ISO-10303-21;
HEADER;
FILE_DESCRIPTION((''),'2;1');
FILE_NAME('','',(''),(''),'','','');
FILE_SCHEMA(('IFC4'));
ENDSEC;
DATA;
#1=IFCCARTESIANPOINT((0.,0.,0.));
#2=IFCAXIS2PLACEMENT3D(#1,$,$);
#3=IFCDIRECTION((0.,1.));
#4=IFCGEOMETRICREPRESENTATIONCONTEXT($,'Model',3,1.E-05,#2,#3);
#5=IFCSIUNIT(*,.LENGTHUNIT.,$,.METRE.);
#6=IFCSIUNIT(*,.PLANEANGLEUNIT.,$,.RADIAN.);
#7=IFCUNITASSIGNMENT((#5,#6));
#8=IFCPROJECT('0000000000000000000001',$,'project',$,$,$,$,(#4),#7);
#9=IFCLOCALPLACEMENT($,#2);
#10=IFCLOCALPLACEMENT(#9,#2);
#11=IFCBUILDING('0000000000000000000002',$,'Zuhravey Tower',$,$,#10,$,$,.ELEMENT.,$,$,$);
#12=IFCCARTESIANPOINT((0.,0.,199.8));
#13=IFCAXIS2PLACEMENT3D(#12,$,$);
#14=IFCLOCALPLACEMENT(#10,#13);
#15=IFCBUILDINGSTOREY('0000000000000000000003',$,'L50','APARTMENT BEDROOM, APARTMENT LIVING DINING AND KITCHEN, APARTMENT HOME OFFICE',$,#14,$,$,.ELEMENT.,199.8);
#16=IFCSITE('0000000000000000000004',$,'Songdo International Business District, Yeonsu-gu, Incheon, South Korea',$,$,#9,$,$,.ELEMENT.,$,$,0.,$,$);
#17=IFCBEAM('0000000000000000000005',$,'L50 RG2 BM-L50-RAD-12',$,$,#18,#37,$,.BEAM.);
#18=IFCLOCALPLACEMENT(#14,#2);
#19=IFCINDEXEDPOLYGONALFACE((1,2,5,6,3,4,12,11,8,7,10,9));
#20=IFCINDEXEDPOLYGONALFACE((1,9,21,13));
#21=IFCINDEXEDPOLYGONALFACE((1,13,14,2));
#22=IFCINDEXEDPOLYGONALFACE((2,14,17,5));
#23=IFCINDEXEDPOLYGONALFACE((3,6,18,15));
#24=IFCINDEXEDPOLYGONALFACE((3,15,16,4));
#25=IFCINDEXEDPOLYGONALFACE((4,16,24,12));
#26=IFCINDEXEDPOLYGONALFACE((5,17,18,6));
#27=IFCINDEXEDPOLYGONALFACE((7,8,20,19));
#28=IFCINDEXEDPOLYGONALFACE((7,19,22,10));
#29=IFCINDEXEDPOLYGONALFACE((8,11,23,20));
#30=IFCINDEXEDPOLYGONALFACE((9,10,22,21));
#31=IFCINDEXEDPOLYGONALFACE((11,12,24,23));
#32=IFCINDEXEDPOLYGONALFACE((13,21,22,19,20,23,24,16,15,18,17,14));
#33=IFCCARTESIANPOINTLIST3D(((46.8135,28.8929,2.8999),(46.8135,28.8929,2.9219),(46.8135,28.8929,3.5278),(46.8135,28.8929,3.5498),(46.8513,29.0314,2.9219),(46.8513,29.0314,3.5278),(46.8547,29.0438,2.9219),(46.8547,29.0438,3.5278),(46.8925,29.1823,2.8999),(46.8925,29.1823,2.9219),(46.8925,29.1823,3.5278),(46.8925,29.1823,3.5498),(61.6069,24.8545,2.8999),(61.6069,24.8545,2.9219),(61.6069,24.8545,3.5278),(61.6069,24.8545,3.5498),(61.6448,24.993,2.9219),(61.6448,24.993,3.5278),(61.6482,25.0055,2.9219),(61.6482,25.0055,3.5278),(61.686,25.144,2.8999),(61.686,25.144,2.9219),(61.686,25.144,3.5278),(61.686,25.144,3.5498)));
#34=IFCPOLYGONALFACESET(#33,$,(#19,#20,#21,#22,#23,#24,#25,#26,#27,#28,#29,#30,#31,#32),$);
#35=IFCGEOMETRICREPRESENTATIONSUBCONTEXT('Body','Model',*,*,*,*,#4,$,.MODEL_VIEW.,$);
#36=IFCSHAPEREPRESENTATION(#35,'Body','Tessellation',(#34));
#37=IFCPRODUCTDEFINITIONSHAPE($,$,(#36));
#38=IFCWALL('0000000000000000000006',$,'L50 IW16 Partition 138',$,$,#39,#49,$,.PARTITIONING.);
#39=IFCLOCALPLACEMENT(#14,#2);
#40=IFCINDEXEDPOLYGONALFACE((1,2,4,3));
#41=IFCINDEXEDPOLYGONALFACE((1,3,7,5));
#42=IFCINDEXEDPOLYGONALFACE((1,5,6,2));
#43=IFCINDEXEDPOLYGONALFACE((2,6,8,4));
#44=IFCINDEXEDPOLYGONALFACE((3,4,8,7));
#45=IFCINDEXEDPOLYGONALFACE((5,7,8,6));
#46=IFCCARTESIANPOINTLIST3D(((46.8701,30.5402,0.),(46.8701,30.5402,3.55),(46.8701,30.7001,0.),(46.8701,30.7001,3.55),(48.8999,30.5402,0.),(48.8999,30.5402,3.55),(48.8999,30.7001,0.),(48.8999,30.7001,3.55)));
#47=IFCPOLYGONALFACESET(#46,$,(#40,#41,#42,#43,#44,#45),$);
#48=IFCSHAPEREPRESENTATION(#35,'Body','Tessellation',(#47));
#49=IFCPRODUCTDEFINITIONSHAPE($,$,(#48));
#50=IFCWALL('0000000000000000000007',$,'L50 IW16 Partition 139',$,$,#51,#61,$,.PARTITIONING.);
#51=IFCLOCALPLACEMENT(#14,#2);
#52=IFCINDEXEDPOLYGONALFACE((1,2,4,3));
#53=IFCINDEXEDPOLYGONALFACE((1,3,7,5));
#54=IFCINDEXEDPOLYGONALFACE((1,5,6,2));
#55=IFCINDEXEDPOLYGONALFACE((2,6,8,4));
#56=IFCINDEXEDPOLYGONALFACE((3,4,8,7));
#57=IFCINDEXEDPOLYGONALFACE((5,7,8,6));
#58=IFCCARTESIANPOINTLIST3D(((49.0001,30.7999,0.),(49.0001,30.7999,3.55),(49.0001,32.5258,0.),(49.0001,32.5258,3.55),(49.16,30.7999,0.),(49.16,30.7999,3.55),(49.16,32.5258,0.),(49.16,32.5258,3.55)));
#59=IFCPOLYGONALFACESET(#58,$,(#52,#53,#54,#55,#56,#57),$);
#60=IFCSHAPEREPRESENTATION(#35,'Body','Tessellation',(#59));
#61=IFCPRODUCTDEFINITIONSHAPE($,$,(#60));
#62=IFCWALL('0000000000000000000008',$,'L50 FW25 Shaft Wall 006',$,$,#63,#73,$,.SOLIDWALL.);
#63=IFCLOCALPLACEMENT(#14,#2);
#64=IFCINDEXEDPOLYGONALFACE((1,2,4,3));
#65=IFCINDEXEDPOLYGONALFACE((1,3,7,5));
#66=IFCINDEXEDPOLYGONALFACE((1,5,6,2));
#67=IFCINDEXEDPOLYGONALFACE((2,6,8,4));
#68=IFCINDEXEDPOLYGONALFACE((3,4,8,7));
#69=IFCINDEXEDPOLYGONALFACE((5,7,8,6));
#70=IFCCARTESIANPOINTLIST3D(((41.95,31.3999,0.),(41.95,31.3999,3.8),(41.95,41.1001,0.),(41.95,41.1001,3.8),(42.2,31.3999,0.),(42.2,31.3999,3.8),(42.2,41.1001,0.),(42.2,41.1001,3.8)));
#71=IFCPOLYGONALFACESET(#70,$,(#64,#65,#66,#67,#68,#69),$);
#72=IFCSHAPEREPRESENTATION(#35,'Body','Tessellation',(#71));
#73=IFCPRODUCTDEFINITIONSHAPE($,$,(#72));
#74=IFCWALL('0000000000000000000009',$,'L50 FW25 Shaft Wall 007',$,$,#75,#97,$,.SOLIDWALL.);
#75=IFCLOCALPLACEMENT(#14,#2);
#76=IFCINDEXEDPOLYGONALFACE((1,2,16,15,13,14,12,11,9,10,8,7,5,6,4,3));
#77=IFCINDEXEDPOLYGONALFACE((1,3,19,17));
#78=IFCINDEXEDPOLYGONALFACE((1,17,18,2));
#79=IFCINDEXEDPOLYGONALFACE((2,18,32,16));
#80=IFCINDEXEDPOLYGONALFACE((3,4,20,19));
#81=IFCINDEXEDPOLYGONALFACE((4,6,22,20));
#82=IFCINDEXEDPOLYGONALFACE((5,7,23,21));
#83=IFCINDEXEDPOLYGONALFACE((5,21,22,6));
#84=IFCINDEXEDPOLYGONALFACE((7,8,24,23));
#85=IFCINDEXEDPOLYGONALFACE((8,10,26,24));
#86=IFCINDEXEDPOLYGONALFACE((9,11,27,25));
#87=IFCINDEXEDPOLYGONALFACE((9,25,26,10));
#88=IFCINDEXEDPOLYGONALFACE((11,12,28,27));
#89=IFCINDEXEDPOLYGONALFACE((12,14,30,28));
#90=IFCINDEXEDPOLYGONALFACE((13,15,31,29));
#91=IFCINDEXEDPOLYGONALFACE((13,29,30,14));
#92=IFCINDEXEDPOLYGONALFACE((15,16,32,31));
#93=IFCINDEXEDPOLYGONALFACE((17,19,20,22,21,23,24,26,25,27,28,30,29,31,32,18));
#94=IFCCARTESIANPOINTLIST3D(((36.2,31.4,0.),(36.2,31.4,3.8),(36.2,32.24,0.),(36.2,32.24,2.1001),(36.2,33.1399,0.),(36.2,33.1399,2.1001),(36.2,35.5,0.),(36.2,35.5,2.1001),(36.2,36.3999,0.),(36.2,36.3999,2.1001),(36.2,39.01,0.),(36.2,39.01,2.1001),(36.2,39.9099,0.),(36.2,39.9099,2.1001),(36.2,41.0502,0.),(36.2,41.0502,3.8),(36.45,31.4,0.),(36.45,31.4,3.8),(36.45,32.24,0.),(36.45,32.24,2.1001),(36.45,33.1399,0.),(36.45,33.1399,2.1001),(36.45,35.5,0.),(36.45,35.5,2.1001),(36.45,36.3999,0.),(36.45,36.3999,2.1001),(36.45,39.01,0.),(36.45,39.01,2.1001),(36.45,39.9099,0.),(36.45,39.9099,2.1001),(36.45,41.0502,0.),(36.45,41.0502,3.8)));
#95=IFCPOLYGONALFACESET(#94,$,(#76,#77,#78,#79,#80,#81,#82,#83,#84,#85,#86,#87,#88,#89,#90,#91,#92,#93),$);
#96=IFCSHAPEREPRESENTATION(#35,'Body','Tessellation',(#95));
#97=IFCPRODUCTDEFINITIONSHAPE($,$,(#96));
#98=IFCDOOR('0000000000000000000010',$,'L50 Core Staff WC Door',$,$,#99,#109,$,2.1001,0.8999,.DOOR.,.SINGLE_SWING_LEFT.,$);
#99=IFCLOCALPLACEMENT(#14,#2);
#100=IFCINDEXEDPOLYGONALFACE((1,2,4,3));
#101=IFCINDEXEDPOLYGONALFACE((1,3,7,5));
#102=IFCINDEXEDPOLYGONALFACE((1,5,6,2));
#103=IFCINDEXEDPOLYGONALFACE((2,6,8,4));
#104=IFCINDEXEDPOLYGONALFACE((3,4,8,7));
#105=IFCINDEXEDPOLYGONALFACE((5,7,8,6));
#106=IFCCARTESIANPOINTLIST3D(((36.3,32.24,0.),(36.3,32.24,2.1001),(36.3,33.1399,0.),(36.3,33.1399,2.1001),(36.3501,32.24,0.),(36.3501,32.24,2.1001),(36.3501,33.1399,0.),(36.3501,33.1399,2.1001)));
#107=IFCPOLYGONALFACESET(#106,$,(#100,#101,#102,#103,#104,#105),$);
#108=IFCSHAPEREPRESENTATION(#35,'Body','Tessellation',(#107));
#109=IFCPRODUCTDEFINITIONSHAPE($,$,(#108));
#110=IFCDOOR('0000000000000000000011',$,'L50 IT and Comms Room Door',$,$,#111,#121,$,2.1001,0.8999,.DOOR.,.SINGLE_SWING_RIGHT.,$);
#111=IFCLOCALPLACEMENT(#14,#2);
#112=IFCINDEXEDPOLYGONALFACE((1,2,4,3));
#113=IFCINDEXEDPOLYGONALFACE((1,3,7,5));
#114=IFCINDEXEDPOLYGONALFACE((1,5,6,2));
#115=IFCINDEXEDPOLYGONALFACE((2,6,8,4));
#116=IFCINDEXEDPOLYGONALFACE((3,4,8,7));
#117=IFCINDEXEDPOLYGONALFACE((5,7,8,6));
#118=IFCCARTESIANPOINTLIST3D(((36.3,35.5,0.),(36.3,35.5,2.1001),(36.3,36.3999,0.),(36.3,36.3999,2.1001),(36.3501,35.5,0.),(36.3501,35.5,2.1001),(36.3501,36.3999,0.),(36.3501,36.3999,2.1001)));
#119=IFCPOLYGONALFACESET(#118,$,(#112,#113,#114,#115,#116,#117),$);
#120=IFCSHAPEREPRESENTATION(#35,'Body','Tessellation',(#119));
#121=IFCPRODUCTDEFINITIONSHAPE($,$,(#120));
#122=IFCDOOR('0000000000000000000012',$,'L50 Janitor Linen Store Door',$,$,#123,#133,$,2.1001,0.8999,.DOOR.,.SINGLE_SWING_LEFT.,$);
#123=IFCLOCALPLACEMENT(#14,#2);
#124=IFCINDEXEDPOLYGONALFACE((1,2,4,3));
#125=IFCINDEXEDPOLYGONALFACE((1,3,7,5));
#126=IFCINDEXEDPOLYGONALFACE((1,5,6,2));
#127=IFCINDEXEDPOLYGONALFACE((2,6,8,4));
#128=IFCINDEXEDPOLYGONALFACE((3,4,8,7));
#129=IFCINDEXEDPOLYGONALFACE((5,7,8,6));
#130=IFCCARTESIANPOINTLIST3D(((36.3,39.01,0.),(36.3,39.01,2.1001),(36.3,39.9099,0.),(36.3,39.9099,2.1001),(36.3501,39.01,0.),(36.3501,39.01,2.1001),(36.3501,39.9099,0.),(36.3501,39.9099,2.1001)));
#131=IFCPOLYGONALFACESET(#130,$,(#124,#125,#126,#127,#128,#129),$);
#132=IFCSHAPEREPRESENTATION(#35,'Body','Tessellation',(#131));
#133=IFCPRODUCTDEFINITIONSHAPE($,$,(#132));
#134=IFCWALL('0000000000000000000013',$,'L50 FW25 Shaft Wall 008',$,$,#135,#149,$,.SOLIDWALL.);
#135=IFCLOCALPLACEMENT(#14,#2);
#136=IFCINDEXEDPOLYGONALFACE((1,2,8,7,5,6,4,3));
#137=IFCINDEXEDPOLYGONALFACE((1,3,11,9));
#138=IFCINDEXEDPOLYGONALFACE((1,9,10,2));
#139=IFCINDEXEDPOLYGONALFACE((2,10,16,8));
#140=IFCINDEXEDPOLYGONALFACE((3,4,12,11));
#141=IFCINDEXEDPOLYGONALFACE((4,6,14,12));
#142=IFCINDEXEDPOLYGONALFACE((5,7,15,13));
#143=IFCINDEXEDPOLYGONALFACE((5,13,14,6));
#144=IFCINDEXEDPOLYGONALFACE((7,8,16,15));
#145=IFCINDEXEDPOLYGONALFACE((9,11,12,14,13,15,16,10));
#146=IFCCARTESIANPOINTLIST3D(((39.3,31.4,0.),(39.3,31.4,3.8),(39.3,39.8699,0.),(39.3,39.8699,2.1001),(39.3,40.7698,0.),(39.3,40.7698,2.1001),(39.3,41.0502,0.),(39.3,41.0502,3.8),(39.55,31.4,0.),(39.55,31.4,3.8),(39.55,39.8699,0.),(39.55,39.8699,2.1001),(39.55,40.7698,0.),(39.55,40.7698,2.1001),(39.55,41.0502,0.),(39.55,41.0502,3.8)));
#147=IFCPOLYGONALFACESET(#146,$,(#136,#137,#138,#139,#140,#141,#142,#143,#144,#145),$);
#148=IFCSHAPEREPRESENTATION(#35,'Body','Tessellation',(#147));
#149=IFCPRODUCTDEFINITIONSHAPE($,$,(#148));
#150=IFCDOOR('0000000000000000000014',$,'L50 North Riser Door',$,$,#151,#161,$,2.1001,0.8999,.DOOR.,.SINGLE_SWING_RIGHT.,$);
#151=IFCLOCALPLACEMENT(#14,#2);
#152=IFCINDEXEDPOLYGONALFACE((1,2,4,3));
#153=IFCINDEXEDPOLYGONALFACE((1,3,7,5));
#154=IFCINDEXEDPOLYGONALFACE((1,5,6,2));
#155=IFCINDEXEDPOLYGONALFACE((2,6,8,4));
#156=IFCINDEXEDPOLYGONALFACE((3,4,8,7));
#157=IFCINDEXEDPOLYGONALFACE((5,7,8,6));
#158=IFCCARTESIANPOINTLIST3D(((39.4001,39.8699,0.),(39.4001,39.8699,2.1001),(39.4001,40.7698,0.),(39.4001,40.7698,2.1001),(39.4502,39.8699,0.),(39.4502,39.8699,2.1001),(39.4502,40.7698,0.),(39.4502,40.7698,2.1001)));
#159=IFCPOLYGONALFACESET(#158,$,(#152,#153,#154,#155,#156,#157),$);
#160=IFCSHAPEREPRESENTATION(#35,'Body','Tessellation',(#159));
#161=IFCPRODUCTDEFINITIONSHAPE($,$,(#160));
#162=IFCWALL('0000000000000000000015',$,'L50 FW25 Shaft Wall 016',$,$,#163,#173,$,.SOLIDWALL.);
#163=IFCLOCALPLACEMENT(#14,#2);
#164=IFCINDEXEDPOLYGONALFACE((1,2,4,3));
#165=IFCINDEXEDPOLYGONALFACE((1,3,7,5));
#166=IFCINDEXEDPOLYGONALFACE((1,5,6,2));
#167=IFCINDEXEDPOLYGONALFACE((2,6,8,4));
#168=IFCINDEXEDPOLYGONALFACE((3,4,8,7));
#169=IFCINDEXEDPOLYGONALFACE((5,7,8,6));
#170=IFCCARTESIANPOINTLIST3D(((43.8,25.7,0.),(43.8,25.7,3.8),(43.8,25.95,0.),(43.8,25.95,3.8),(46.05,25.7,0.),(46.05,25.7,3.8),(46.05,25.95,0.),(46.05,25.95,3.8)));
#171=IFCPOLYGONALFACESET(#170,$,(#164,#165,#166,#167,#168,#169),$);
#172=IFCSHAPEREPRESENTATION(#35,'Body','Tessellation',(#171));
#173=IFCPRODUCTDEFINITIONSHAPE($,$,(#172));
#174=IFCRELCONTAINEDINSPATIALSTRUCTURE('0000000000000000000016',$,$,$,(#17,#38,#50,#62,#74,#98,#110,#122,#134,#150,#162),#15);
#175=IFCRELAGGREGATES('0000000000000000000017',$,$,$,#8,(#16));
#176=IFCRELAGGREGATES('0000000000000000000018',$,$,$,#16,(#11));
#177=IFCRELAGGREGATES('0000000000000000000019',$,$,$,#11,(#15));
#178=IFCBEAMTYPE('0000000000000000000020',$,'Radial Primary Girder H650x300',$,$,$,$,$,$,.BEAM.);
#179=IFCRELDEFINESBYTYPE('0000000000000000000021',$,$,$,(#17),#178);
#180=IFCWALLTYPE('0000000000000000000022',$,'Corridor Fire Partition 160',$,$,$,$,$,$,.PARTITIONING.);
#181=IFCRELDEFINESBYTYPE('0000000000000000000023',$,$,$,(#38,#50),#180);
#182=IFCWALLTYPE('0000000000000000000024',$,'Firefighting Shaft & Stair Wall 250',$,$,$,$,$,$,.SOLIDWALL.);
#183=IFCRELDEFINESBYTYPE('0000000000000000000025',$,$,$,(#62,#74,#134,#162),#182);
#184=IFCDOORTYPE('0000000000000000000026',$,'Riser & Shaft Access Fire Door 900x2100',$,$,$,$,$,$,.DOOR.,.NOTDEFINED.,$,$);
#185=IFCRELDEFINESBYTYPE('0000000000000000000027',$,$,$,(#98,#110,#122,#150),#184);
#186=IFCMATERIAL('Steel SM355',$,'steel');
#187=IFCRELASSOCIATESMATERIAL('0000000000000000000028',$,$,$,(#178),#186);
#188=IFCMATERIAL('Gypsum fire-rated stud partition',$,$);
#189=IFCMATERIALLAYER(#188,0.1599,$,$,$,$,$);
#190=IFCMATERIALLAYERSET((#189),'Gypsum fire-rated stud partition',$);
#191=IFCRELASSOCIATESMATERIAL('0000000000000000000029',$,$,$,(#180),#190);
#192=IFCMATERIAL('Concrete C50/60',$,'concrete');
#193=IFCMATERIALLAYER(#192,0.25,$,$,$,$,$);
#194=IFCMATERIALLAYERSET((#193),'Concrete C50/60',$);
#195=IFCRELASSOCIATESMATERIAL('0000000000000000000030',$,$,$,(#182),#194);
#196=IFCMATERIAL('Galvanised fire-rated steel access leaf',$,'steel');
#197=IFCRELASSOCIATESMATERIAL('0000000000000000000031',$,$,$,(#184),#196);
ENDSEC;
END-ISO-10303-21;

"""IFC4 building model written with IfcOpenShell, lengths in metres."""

from ifc_helpers import new_model, si_unit, direction, frame, frame_2d, origin, origin_2d, place, context, subcontext, project, spatial, rectangle, i_section, extrude, material, layer, layer_set, material_profile, profile_set, type_object, element, fill, save


model = new_model("IFC4")

# Units and contexts
model_context = context("Model", 3, precision=1e-05, world=origin(), true_north=direction((0.0, 1.0)))
body_context = subcontext(model_context, "Body", "Model", "MODEL_VIEW")
ifc_project = project(units=[si_unit("LENGTHUNIT", "METRE"), si_unit("PLANEANGLEUNIT", "RADIAN")], contexts=[model_context])

# Site, building, storey
site_placement = place(None, origin())
site = spatial("IfcSite", under=ifc_project, at=site_placement, Name="Songdo International Business District, Yeonsu-gu, Incheon, South Korea", CompositionType="ELEMENT", RefElevation=0.0)
building_placement = place(site_placement, origin())
building = spatial("IfcBuilding", under=site, at=building_placement, Name="Zuhravey Tower", CompositionType="ELEMENT")
storey_placement = place(building_placement, frame((0.0, 0.0, 199.8)))
storey = spatial("IfcBuildingStorey", under=building, at=storey_placement, Name="L50", Description="APARTMENT BEDROOM, APARTMENT LIVING DINING AND KITCHEN, APARTMENT HOME OFFICE", CompositionType="ELEMENT", Elevation=199.8)

# Beam
ifc_material_1 = material(Name="Steel SM355", Category="steel")
ifc_material_profile = material_profile(ifc_material_1, i_section(OverallWidth=0.3, OverallDepth=0.6499, WebThickness=0.0129, FlangeThickness=0.022, at=origin_2d()), Name="H-650x300x13x22")
ifc_profile_set = profile_set([ifc_material_profile], Name="Steel SM355")
beam_type = type_object("IfcBeamType", Name="Radial Primary Girder H650x300", PredefinedType="BEAM", material=ifc_profile_set)
beam_placement = place(storey_placement, frame((46.853, 29.0376, 3.2249), z_axis=(0.964702, -0.263345, 0.0), x_axis=(0.263345, 0.964702, 0.0)))
element("IfcBeam", 1, at=beam_placement, inside=storey, type_object=beam_type, Name="L50 RG2 BM-L50-RAD-12", PredefinedType="BEAM", context=body_context, shape_type="SweptSolid", body=[
    extrude(i_section(OverallWidth=0.3, OverallDepth=0.6499, WebThickness=0.0129, FlangeThickness=0.022, at=origin_2d()), origin(), (0.0, 0.0, 1.0), 15.3347),
])

# Walls
ifc_material_2 = material(Name="Gypsum fire-rated stud partition")
ifc_layer_1 = layer(ifc_material_2, 0.1599)
ifc_layer_set_1 = layer_set([ifc_layer_1], Name="Gypsum fire-rated stud partition")
wall_type_1 = type_object("IfcWallType", Name="Corridor Fire Partition 160", PredefinedType="PARTITIONING", material=ifc_layer_set_1)
wall_1_placement = place(storey_placement, frame((46.8701, 30.6201, 0.0), z_axis=(0.0, 0.0, 1.0), x_axis=(1.0, 0.0, 0.0)))
element("IfcWall", 2, at=wall_1_placement, inside=storey, type_object=wall_type_1, Name="L50 IW16 Partition 138", PredefinedType="PARTITIONING", context=body_context, shape_type="SweptSolid", body=[
    extrude(rectangle(XDim=2.0298, YDim=0.1599, at=frame_2d((1.0149, 0.0))), origin(), (0.0, 0.0, 1.0), 3.55),
])
wall_2_placement = place(storey_placement, frame((49.0801, 30.8, 0.0), z_axis=(0.0, 0.0, 1.0), x_axis=(0.0, 1.0, 0.0)))
element("IfcWall", 3, at=wall_2_placement, inside=storey, type_object=wall_type_1, Name="L50 IW16 Partition 139", PredefinedType="PARTITIONING", context=body_context, shape_type="SweptSolid", body=[
    extrude(rectangle(XDim=1.7258, YDim=0.1599, at=frame_2d((0.8628, 0.0))), origin(), (0.0, 0.0, 1.0), 3.55),
])
ifc_material_3 = material(Name="Concrete C50/60", Category="concrete")
ifc_layer_2 = layer(ifc_material_3, 0.25)
ifc_layer_set_2 = layer_set([ifc_layer_2], Name="Concrete C50/60")
wall_type_2 = type_object("IfcWallType", Name="Firefighting Shaft & Stair Wall 250", PredefinedType="SOLIDWALL", material=ifc_layer_set_2)
wall_3_placement = place(storey_placement, frame((42.075, 31.3999, 0.0), z_axis=(0.0, 0.0, 1.0), x_axis=(0.0, 1.0, 0.0)))
element("IfcWall", 4, at=wall_3_placement, inside=storey, type_object=wall_type_2, Name="L50 FW25 Shaft Wall 006", PredefinedType="SOLIDWALL", context=body_context, shape_type="SweptSolid", body=[
    extrude(rectangle(XDim=9.7002, YDim=0.25, at=frame_2d((4.8501, 0.0))), origin(), (0.0, 0.0, 1.0), 3.8),
])

# Wall, openings, doors
wall_4_placement = place(storey_placement, frame((36.325, 31.3999, 0.0), z_axis=(0.0, 0.0, 1.0), x_axis=(0.0, 1.0, 0.0)))
wall_4 = element("IfcWall", 5, at=wall_4_placement, inside=storey, type_object=wall_type_2, Name="L50 FW25 Shaft Wall 007", PredefinedType="SOLIDWALL", context=body_context, shape_type="SweptSolid", body=[
    extrude(rectangle(XDim=9.6501, YDim=0.25, at=frame_2d((4.8252, 0.0))), origin(), (0.0, 0.0, 1.0), 3.8),
])
opening_1_placement = place(wall_4_placement, frame((0.8401, 0.0, 0.0)))
opening_1 = element("IfcOpeningElement", 6, at=opening_1_placement, cuts=wall_4, PredefinedType="OPENING", context=body_context, shape_type="SweptSolid", body=[
    extrude(rectangle(XDim=0.8999, YDim=2.1001, at=frame_2d((0.45, 1.05))), frame((0.0, 0.137, 0.0), z_axis=(0.0, -1.0, 0.0), x_axis=(1.0, 0.0, 0.0)), (0.0, 0.0, 1.0), 0.2739),
])
opening_2_placement = place(wall_4_placement, frame((4.1001, 0.0, 0.0)))
opening_2 = element("IfcOpeningElement", 7, at=opening_2_placement, cuts=wall_4, PredefinedType="OPENING", context=body_context, shape_type="SweptSolid", body=[
    extrude(rectangle(XDim=0.8999, YDim=2.1001, at=frame_2d((0.45, 1.05))), frame((0.0, 0.137, 0.0), z_axis=(0.0, -1.0, 0.0), x_axis=(1.0, 0.0, 0.0)), (0.0, 0.0, 1.0), 0.2739),
])
opening_3_placement = place(wall_4_placement, frame((7.6101, 0.0, 0.0)))
opening_3 = element("IfcOpeningElement", 8, at=opening_3_placement, cuts=wall_4, PredefinedType="OPENING", context=body_context, shape_type="SweptSolid", body=[
    extrude(rectangle(XDim=0.8999, YDim=2.1001, at=frame_2d((0.45, 1.05))), frame((0.0, 0.137, 0.0), z_axis=(0.0, -1.0, 0.0), x_axis=(1.0, 0.0, 0.0)), (0.0, 0.0, 1.0), 0.2739),
])
ifc_material_4 = material(Name="Galvanised fire-rated steel access leaf", Category="steel")
door_type = type_object("IfcDoorType", Name="Riser & Shaft Access Fire Door 900x2100", OperationType="NOTDEFINED", PredefinedType="DOOR", material=ifc_material_4)
door_1_placement = place(opening_1_placement, origin())
door_1 = element("IfcDoor", 9, at=door_1_placement, inside=storey, type_object=door_type, Name="L50 Core Staff WC Door", OperationType="SINGLE_SWING_LEFT", OverallHeight=2.1001, OverallWidth=0.8999, PredefinedType="DOOR", context=body_context, shape_type="SweptSolid", body=[
    extrude(rectangle(XDim=0.8999, YDim=2.1001, at=frame_2d((0.45, 1.05))), frame((0.0, 0.0249, 0.0), z_axis=(0.0, -1.0, 0.0), x_axis=(1.0, 0.0, 0.0)), (0.0, 0.0, 1.0), 0.05),
])
fill(opening_1, door_1)
door_2_placement = place(opening_2_placement, origin())
door_2 = element("IfcDoor", 10, at=door_2_placement, inside=storey, type_object=door_type, Name="L50 IT and Comms Room Door", OperationType="SINGLE_SWING_RIGHT", OverallHeight=2.1001, OverallWidth=0.8999, PredefinedType="DOOR", context=body_context, shape_type="SweptSolid", body=[
    extrude(rectangle(XDim=0.8999, YDim=2.1001, at=frame_2d((0.45, 1.05))), frame((0.0, 0.0249, 0.0), z_axis=(0.0, -1.0, 0.0), x_axis=(1.0, 0.0, 0.0)), (0.0, 0.0, 1.0), 0.05),
])
fill(opening_2, door_2)
door_3_placement = place(opening_3_placement, origin())
door_3 = element("IfcDoor", 11, at=door_3_placement, inside=storey, type_object=door_type, Name="L50 Janitor Linen Store Door", OperationType="SINGLE_SWING_LEFT", OverallHeight=2.1001, OverallWidth=0.8999, PredefinedType="DOOR", context=body_context, shape_type="SweptSolid", body=[
    extrude(rectangle(XDim=0.8999, YDim=2.1001, at=frame_2d((0.45, 1.05))), frame((0.0, 0.0249, 0.0), z_axis=(0.0, -1.0, 0.0), x_axis=(1.0, 0.0, 0.0)), (0.0, 0.0, 1.0), 0.05),
])
fill(opening_3, door_3)

# Wall, opening, door
wall_5_placement = place(storey_placement, frame((39.425, 31.3999, 0.0), z_axis=(0.0, 0.0, 1.0), x_axis=(0.0, 1.0, 0.0)))
wall_5 = element("IfcWall", 12, at=wall_5_placement, inside=storey, type_object=wall_type_2, Name="L50 FW25 Shaft Wall 008", PredefinedType="SOLIDWALL", context=body_context, shape_type="SweptSolid", body=[
    extrude(rectangle(XDim=9.6501, YDim=0.25, at=frame_2d((4.8252, 0.0))), origin(), (0.0, 0.0, 1.0), 3.8),
])
opening_4_placement = place(wall_5_placement, frame((8.47, 0.0, 0.0)))
opening_4 = element("IfcOpeningElement", 13, at=opening_4_placement, cuts=wall_5, PredefinedType="OPENING", context=body_context, shape_type="SweptSolid", body=[
    extrude(rectangle(XDim=0.8999, YDim=2.1001, at=frame_2d((0.45, 1.05))), frame((0.0, 0.137, 0.0), z_axis=(0.0, -1.0, 0.0), x_axis=(1.0, 0.0, 0.0)), (0.0, 0.0, 1.0), 0.2739),
])
door_4_placement = place(opening_4_placement, origin())
door_4 = element("IfcDoor", 14, at=door_4_placement, inside=storey, type_object=door_type, Name="L50 North Riser Door", OperationType="SINGLE_SWING_RIGHT", OverallHeight=2.1001, OverallWidth=0.8999, PredefinedType="DOOR", context=body_context, shape_type="SweptSolid", body=[
    extrude(rectangle(XDim=0.8999, YDim=2.1001, at=frame_2d((0.45, 1.05))), frame((0.0, 0.0249, 0.0), z_axis=(0.0, -1.0, 0.0), x_axis=(1.0, 0.0, 0.0)), (0.0, 0.0, 1.0), 0.05),
])
fill(opening_4, door_4)

# Wall
for number, where, z_axis, x_axis, name in (
    (15, (43.8, 25.825, 0.0), (0.0, 0.0, 1.0), (1.0, 0.0, 0.0), "L50 FW25 Shaft Wall 016"),
):
    element("IfcWall", number, at=place(storey_placement, frame(where, z_axis=z_axis, x_axis=x_axis)), inside=storey, type_object=wall_type_2, Name=name, PredefinedType="SOLIDWALL", context=body_context, shape_type="SweptSolid", body=[
        extrude(rectangle(XDim=2.25, YDim=0.25, at=frame_2d((1.125, 0.0))), origin(), (0.0, 0.0, 1.0), 3.8),
    ])

save(model, "model.ifc")
